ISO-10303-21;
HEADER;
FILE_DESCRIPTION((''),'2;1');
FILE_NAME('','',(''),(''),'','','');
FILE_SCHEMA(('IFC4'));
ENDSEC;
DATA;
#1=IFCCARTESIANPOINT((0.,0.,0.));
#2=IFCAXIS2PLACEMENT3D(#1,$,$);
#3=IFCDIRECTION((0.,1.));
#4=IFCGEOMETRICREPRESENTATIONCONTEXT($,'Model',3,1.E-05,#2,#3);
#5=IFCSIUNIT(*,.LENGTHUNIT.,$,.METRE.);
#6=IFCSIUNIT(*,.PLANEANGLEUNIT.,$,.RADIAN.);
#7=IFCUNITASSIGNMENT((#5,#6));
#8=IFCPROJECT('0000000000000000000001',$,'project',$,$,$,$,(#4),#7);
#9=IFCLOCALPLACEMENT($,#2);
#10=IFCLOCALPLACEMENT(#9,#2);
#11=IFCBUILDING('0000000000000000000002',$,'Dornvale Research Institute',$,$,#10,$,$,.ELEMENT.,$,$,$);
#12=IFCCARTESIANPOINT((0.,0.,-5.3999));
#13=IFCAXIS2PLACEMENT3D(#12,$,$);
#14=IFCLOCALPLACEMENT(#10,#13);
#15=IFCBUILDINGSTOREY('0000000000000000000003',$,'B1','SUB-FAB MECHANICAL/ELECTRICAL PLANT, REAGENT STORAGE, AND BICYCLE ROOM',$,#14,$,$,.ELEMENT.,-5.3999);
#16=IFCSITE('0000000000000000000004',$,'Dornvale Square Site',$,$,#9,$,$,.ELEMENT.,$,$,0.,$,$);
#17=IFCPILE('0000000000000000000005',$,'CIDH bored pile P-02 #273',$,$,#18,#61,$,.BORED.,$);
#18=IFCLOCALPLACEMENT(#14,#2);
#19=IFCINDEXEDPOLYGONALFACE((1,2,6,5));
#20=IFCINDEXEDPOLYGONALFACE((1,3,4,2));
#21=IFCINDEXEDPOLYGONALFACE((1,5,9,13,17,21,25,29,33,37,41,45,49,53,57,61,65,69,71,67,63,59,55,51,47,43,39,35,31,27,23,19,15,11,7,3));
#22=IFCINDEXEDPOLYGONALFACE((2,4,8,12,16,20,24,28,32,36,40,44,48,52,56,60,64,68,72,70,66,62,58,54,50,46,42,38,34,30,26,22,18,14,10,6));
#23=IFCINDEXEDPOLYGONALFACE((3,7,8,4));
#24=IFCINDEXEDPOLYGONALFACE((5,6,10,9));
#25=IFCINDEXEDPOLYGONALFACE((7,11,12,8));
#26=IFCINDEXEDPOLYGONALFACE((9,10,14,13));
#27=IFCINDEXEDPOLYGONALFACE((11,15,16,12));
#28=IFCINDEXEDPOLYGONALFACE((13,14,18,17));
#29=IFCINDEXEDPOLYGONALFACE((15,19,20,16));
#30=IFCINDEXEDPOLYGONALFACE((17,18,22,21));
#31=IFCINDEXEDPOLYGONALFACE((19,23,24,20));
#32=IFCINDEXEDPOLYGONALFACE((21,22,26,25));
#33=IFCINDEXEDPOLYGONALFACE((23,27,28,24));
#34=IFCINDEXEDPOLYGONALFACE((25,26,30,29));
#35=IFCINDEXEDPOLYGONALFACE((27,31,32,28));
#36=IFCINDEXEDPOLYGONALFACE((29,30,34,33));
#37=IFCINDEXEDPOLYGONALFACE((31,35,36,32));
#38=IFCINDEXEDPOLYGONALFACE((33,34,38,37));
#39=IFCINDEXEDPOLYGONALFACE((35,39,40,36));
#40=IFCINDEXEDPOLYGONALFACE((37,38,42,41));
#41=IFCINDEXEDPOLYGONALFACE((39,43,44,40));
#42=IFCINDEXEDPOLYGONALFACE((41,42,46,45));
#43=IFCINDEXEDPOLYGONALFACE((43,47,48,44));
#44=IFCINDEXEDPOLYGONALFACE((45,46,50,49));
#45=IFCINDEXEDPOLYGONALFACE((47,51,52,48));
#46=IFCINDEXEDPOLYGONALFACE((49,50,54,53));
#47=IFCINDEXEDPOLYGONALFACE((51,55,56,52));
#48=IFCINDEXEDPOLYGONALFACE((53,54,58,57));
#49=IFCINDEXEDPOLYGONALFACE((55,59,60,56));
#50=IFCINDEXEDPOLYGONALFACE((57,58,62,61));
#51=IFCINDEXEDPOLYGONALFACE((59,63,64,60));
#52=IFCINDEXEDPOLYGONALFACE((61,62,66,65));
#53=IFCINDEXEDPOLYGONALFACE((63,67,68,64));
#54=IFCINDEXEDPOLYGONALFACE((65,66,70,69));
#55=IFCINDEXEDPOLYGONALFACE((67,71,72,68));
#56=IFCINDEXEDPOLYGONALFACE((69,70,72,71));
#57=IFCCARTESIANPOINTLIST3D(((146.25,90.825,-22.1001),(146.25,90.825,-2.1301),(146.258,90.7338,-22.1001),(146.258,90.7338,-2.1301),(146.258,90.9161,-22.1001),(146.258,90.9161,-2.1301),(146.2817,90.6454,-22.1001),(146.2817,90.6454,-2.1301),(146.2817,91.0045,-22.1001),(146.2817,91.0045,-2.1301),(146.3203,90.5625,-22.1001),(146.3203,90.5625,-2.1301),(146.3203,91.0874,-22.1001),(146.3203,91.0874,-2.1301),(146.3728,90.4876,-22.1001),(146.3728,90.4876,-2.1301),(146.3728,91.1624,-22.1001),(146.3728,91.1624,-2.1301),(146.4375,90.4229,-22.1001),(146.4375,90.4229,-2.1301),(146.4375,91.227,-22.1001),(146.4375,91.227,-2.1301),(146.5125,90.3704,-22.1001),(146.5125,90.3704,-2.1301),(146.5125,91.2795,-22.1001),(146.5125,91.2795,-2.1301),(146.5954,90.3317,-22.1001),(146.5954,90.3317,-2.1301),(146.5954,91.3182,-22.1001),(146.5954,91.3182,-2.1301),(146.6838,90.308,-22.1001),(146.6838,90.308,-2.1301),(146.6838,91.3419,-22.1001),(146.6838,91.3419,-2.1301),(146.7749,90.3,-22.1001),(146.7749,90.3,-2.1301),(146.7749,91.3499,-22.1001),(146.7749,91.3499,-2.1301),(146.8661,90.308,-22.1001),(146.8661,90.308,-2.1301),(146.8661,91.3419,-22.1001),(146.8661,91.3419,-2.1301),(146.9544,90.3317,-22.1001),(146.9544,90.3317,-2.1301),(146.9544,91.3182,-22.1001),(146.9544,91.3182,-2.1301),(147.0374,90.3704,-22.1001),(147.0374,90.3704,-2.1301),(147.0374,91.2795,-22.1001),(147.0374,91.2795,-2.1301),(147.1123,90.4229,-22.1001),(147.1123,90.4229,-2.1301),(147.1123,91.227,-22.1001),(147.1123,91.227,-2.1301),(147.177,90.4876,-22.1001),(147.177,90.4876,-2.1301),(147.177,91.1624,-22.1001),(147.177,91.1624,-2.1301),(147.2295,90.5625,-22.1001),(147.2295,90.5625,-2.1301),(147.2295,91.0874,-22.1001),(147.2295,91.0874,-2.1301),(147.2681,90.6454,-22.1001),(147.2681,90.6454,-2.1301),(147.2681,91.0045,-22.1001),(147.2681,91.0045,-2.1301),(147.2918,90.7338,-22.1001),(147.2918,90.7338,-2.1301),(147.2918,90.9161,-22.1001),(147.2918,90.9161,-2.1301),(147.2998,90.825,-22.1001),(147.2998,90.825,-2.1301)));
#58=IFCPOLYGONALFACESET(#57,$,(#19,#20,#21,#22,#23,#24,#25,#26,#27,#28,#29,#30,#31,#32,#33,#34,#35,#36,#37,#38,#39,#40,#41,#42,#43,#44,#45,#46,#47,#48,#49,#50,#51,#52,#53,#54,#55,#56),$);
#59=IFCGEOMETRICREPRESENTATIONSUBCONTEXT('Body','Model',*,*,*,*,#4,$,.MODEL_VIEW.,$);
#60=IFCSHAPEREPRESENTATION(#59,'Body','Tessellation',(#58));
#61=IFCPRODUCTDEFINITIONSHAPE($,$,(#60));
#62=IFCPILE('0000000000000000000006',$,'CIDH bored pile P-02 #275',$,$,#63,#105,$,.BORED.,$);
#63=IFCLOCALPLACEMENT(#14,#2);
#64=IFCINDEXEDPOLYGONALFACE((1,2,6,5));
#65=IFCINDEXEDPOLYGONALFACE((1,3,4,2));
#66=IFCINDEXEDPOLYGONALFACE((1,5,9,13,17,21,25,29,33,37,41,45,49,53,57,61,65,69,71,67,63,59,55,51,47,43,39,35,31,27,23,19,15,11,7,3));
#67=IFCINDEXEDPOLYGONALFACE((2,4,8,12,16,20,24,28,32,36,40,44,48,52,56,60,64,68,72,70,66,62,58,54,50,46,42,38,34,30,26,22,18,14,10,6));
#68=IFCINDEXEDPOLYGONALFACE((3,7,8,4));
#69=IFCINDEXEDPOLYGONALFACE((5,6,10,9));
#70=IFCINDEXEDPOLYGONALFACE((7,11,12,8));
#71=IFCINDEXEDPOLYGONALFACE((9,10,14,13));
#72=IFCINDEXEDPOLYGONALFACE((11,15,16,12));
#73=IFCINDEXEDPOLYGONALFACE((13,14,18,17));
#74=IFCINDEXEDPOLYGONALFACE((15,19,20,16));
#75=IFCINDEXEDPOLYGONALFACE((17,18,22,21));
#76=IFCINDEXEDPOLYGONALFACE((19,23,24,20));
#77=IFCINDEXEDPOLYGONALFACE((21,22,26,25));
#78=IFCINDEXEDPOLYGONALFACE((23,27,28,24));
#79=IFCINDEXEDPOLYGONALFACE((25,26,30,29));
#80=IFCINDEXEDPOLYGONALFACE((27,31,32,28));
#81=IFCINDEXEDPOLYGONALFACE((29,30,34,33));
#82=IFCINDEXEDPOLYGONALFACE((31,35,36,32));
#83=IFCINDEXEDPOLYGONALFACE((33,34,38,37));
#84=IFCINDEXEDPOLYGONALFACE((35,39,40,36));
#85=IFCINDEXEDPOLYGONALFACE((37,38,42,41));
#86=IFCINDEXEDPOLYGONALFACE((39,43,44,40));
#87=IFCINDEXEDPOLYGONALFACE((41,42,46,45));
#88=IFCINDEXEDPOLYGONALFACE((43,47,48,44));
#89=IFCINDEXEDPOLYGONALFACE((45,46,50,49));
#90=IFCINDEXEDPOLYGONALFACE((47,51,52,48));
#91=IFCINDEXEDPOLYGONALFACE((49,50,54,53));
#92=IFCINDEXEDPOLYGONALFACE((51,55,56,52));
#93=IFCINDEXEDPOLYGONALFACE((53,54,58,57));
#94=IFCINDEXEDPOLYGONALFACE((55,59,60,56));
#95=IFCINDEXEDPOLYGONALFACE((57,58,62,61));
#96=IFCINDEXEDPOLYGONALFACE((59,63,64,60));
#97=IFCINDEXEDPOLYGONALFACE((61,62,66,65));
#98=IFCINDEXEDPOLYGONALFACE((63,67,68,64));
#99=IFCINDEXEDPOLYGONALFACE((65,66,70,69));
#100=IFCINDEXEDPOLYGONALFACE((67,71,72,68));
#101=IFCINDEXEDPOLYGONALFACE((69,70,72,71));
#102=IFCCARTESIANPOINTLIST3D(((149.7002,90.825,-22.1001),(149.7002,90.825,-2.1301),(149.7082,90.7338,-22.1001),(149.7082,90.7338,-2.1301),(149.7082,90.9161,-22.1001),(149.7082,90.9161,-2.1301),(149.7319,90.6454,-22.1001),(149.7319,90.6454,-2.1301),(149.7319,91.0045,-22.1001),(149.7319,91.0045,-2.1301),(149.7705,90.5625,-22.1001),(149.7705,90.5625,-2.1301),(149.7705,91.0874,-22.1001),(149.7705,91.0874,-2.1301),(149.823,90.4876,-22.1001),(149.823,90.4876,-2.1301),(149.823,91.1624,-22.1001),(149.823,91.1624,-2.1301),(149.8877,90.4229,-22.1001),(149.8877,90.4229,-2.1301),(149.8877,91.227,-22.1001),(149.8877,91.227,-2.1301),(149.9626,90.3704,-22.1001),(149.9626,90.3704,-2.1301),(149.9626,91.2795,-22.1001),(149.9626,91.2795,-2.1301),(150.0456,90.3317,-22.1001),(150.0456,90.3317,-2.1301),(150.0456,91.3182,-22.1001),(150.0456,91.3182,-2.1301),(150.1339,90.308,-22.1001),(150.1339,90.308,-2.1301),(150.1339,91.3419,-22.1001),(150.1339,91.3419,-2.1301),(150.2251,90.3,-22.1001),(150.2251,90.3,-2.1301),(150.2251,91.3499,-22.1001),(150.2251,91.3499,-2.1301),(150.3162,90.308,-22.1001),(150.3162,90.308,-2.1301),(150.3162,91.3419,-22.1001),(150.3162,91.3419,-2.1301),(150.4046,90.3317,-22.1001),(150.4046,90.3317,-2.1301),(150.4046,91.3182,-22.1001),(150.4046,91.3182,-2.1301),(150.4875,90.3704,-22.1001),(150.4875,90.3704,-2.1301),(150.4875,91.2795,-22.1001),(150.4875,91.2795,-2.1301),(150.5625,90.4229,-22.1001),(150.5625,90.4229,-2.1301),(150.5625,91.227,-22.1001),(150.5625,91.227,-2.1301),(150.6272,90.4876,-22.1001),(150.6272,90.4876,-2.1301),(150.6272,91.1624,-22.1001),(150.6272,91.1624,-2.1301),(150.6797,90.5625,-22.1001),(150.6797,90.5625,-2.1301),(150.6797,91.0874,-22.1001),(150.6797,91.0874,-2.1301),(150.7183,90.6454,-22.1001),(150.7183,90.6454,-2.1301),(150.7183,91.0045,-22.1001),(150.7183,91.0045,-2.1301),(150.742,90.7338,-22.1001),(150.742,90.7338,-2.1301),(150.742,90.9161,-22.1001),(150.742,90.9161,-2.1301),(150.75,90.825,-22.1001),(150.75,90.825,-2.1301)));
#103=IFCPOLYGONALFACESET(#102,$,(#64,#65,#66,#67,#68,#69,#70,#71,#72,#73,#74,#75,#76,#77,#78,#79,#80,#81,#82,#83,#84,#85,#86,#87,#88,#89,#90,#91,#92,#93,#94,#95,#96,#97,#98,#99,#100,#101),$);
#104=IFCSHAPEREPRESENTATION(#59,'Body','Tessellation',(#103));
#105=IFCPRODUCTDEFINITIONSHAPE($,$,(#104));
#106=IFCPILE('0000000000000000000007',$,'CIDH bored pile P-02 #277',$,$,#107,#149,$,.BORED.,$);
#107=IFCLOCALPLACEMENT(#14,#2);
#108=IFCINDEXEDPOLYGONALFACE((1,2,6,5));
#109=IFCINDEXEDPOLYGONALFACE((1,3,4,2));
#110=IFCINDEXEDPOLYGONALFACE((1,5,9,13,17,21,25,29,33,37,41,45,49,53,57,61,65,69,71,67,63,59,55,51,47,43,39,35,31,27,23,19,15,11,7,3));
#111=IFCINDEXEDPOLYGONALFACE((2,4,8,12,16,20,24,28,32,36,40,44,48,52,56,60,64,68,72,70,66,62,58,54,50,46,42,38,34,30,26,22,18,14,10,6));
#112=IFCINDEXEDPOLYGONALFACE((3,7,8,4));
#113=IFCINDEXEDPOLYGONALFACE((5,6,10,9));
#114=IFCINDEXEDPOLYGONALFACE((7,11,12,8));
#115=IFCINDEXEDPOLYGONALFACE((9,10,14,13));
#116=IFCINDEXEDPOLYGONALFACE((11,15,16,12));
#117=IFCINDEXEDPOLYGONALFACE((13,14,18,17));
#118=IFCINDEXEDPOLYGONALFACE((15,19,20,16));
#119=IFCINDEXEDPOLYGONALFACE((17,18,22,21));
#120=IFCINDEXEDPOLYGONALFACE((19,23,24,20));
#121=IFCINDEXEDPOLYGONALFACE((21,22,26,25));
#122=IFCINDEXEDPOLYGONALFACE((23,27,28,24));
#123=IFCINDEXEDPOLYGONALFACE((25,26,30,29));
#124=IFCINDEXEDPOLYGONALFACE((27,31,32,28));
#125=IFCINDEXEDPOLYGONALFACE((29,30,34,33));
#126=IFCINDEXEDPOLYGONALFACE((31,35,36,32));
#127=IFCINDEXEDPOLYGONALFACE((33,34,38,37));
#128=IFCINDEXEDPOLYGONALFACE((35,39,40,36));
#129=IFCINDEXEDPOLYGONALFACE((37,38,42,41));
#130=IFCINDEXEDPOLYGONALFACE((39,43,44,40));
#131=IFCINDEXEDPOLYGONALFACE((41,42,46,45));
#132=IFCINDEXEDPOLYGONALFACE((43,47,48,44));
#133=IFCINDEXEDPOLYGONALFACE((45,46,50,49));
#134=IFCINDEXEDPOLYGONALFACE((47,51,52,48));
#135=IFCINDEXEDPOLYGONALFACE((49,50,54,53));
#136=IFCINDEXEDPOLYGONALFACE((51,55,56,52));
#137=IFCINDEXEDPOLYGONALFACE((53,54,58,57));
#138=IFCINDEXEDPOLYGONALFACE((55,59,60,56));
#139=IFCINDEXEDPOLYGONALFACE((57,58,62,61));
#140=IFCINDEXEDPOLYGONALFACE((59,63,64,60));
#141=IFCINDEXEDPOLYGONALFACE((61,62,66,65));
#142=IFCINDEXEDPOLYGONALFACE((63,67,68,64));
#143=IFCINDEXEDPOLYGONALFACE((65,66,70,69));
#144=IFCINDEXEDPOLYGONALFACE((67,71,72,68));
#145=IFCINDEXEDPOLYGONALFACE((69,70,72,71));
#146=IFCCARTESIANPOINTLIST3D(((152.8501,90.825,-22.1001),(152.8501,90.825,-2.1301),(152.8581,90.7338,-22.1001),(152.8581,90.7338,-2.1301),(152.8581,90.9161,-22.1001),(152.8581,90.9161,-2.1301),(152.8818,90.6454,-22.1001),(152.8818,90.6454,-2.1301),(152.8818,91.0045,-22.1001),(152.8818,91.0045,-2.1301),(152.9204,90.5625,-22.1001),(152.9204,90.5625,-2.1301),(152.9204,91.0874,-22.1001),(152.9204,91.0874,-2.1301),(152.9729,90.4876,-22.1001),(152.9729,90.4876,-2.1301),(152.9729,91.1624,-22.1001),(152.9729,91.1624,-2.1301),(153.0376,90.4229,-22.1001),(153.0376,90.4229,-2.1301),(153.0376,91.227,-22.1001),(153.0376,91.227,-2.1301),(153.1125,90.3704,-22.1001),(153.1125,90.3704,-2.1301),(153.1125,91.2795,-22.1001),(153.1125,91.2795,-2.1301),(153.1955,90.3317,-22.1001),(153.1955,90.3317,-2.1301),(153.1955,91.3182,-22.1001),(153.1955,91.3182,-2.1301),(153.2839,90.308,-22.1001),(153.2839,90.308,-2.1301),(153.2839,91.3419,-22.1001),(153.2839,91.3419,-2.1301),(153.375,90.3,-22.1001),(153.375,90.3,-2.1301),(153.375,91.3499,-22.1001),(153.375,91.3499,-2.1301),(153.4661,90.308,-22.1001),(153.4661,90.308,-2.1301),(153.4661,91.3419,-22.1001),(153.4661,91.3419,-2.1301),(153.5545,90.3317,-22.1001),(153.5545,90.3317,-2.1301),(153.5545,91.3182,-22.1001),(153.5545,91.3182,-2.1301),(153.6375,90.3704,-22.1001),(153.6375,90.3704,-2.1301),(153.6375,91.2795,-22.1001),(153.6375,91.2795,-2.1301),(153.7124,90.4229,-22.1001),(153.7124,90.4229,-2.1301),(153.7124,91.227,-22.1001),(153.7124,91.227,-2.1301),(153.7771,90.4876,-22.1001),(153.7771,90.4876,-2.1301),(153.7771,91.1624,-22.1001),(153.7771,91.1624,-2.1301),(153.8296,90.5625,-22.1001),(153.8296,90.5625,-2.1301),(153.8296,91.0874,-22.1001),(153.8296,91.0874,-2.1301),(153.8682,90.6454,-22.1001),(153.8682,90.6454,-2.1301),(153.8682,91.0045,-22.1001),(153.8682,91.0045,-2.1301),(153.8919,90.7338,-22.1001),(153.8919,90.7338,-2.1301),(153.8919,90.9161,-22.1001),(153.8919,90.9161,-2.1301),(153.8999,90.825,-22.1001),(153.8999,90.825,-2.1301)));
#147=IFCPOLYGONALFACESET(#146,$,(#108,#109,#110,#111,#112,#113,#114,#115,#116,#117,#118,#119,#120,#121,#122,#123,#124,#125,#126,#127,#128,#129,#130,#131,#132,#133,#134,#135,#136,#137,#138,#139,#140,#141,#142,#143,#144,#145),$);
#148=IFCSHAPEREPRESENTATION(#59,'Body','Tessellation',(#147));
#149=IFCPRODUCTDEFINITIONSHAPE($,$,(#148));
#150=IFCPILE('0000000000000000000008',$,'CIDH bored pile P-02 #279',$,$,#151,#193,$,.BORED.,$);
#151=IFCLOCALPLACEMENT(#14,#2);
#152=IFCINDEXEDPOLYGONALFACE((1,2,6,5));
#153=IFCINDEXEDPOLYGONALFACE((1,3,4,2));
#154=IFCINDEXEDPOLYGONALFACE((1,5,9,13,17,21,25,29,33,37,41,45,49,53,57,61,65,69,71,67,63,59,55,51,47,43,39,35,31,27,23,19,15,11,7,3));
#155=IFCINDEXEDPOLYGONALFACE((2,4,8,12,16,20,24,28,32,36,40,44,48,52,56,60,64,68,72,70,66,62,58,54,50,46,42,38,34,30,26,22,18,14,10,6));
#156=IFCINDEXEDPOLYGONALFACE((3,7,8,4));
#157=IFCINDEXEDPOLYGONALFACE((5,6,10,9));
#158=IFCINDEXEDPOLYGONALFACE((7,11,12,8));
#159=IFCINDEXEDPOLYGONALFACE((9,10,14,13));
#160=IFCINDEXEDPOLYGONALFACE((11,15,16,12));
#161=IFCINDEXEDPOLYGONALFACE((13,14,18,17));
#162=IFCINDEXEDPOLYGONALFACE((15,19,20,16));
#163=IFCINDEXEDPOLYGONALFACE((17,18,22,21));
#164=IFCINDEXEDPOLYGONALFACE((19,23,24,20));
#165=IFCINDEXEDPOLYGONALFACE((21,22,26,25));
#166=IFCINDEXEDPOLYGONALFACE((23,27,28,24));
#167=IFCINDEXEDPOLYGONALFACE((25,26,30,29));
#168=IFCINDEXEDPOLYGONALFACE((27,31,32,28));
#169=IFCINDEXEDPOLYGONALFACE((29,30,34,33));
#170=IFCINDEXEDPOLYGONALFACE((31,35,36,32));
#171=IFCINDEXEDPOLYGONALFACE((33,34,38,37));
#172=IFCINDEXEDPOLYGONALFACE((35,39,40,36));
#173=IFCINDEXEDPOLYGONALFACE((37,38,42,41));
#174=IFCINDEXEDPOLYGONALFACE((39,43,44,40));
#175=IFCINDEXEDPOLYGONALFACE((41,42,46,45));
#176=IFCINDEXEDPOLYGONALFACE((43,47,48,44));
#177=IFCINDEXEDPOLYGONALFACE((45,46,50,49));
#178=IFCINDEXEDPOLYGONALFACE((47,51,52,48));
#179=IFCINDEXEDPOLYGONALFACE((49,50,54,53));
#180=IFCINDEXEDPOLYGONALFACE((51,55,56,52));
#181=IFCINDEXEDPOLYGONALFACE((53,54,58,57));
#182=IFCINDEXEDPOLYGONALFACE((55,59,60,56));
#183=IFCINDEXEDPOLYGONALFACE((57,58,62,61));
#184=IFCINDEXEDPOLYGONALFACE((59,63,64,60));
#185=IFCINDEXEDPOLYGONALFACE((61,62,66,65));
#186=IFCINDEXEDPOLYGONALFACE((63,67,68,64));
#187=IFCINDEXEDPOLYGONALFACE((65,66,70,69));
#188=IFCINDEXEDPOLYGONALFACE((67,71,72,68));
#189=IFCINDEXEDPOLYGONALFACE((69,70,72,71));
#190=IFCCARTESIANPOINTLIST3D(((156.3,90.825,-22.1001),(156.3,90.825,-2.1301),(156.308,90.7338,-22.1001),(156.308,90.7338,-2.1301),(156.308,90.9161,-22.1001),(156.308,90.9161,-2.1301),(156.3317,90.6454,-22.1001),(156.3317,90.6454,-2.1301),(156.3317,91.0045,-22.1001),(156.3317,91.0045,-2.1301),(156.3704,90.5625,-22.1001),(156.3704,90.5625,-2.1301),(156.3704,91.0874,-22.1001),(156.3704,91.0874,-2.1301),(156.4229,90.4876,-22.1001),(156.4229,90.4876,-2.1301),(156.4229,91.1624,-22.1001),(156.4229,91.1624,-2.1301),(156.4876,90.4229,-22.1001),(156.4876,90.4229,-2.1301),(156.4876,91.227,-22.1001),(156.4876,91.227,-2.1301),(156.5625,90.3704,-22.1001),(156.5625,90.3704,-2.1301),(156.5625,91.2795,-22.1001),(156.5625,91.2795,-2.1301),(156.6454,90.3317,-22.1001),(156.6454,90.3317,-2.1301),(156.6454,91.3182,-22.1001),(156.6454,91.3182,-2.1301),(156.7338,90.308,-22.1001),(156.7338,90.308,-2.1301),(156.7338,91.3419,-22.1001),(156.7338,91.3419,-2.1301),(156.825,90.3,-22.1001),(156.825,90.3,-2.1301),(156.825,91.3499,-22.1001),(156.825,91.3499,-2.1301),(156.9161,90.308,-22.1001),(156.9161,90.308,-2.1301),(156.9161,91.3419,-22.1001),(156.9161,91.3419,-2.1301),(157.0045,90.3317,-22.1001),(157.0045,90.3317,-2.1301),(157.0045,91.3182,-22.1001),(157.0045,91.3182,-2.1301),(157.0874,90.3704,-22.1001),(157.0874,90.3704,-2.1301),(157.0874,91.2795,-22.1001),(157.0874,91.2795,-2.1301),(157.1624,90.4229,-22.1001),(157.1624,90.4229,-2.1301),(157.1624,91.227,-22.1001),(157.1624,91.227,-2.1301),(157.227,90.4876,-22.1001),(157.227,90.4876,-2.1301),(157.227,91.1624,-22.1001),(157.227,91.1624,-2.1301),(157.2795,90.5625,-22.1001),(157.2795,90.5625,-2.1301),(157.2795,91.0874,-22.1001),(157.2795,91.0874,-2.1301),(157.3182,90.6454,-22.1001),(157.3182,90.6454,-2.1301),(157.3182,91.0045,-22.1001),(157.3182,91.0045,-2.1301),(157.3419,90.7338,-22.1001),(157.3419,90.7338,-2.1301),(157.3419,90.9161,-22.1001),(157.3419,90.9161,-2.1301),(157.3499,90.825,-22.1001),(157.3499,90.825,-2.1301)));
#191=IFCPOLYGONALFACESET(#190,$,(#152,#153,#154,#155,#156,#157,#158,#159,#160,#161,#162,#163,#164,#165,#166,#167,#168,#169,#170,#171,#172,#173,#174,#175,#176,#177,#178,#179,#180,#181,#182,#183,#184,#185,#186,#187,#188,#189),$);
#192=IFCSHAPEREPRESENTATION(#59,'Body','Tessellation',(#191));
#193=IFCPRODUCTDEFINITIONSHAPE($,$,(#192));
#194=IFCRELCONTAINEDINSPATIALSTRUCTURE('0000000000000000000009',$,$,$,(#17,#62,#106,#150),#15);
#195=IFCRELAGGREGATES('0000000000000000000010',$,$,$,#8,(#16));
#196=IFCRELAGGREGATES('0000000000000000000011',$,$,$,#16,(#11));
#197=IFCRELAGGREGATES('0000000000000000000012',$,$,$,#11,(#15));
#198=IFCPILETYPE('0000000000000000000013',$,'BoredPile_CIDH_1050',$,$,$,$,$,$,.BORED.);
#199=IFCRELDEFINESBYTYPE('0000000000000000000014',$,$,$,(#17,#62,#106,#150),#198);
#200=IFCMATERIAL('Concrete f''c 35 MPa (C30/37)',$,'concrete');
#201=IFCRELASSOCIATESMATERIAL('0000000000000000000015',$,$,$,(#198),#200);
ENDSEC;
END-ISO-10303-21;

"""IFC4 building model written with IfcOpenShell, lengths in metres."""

from ifc_helpers import new_model, si_unit, direction, frame, origin, origin_2d, place, context, subcontext, project, spatial, circle, extrude, material, material_profile, profile_set, type_object, element, save


model = new_model("IFC4")

# Units and contexts
model_context = context("Model", 3, precision=1e-05, world=origin(), true_north=direction((0.0, 1.0)))
body_context = subcontext(model_context, "Body", "Model", "MODEL_VIEW")
ifc_project = project(units=[si_unit("LENGTHUNIT", "METRE"), si_unit("PLANEANGLEUNIT", "RADIAN")], contexts=[model_context])

# Site, building, storey
site_placement = place(None, origin())
site = spatial("IfcSite", under=ifc_project, at=site_placement, Name="Dornvale Square Site", CompositionType="ELEMENT", RefElevation=0.0)
building_placement = place(site_placement, origin())
building = spatial("IfcBuilding", under=site, at=building_placement, Name="Dornvale Research Institute", CompositionType="ELEMENT")
storey_placement = place(building_placement, frame((0.0, 0.0, -5.3999)))
storey = spatial("IfcBuildingStorey", under=building, at=storey_placement, Name="B1", Description="SUB-FAB MECHANICAL/ELECTRICAL PLANT, REAGENT STORAGE, AND BICYCLE ROOM", CompositionType="ELEMENT", Elevation=-5.3999)

# Piles
ifc_material_1 = material(Name="Concrete f'c 35 MPa (C30/37)", Category="concrete")
ifc_material_profile_1 = material_profile(ifc_material_1, circle(Radius=0.5249, at=origin_2d()), Name="CIDH PILE D1050")
ifc_profile_set_1 = profile_set([ifc_material_profile_1], Name="Concrete f'c 35 MPa (C30/37)")
pile_type_1 = type_object("IfcPileType", Name="BoredPile_CIDH_1050", PredefinedType="BORED", material=ifc_profile_set_1)
for number, where, z_axis, x_axis, name in (
    (1, (146.7749, 90.825, -2.1301), (0.0, 0.0, -1.0), (1.0, 0.0, 0.0), "CIDH bored pile P-02 #273"),
    (2, (150.2251, 90.825, -2.1301), (0.0, 0.0, -1.0), (1.0, 0.0, 0.0), "CIDH bored pile P-02 #275"),
    (3, (153.375, 90.825, -2.1301), (0.0, 0.0, -1.0), (1.0, 0.0, 0.0), "CIDH bored pile P-02 #277"),
    (4, (156.825, 90.825, -2.1301), (0.0, 0.0, -1.0), (1.0, 0.0, 0.0), "CIDH bored pile P-02 #279"),
):
    element("IfcPile", number, at=place(storey_placement, frame(where, z_axis=z_axis, x_axis=x_axis)), inside=storey, type_object=pile_type_1, Name=name, PredefinedType="BORED", context=body_context, shape_type="SweptSolid", body=[
        extrude(circle(Radius=0.5249, at=origin_2d()), origin(), (0.0, 0.0, 1.0), 19.97),
    ])

save(model, "model.ifc")
